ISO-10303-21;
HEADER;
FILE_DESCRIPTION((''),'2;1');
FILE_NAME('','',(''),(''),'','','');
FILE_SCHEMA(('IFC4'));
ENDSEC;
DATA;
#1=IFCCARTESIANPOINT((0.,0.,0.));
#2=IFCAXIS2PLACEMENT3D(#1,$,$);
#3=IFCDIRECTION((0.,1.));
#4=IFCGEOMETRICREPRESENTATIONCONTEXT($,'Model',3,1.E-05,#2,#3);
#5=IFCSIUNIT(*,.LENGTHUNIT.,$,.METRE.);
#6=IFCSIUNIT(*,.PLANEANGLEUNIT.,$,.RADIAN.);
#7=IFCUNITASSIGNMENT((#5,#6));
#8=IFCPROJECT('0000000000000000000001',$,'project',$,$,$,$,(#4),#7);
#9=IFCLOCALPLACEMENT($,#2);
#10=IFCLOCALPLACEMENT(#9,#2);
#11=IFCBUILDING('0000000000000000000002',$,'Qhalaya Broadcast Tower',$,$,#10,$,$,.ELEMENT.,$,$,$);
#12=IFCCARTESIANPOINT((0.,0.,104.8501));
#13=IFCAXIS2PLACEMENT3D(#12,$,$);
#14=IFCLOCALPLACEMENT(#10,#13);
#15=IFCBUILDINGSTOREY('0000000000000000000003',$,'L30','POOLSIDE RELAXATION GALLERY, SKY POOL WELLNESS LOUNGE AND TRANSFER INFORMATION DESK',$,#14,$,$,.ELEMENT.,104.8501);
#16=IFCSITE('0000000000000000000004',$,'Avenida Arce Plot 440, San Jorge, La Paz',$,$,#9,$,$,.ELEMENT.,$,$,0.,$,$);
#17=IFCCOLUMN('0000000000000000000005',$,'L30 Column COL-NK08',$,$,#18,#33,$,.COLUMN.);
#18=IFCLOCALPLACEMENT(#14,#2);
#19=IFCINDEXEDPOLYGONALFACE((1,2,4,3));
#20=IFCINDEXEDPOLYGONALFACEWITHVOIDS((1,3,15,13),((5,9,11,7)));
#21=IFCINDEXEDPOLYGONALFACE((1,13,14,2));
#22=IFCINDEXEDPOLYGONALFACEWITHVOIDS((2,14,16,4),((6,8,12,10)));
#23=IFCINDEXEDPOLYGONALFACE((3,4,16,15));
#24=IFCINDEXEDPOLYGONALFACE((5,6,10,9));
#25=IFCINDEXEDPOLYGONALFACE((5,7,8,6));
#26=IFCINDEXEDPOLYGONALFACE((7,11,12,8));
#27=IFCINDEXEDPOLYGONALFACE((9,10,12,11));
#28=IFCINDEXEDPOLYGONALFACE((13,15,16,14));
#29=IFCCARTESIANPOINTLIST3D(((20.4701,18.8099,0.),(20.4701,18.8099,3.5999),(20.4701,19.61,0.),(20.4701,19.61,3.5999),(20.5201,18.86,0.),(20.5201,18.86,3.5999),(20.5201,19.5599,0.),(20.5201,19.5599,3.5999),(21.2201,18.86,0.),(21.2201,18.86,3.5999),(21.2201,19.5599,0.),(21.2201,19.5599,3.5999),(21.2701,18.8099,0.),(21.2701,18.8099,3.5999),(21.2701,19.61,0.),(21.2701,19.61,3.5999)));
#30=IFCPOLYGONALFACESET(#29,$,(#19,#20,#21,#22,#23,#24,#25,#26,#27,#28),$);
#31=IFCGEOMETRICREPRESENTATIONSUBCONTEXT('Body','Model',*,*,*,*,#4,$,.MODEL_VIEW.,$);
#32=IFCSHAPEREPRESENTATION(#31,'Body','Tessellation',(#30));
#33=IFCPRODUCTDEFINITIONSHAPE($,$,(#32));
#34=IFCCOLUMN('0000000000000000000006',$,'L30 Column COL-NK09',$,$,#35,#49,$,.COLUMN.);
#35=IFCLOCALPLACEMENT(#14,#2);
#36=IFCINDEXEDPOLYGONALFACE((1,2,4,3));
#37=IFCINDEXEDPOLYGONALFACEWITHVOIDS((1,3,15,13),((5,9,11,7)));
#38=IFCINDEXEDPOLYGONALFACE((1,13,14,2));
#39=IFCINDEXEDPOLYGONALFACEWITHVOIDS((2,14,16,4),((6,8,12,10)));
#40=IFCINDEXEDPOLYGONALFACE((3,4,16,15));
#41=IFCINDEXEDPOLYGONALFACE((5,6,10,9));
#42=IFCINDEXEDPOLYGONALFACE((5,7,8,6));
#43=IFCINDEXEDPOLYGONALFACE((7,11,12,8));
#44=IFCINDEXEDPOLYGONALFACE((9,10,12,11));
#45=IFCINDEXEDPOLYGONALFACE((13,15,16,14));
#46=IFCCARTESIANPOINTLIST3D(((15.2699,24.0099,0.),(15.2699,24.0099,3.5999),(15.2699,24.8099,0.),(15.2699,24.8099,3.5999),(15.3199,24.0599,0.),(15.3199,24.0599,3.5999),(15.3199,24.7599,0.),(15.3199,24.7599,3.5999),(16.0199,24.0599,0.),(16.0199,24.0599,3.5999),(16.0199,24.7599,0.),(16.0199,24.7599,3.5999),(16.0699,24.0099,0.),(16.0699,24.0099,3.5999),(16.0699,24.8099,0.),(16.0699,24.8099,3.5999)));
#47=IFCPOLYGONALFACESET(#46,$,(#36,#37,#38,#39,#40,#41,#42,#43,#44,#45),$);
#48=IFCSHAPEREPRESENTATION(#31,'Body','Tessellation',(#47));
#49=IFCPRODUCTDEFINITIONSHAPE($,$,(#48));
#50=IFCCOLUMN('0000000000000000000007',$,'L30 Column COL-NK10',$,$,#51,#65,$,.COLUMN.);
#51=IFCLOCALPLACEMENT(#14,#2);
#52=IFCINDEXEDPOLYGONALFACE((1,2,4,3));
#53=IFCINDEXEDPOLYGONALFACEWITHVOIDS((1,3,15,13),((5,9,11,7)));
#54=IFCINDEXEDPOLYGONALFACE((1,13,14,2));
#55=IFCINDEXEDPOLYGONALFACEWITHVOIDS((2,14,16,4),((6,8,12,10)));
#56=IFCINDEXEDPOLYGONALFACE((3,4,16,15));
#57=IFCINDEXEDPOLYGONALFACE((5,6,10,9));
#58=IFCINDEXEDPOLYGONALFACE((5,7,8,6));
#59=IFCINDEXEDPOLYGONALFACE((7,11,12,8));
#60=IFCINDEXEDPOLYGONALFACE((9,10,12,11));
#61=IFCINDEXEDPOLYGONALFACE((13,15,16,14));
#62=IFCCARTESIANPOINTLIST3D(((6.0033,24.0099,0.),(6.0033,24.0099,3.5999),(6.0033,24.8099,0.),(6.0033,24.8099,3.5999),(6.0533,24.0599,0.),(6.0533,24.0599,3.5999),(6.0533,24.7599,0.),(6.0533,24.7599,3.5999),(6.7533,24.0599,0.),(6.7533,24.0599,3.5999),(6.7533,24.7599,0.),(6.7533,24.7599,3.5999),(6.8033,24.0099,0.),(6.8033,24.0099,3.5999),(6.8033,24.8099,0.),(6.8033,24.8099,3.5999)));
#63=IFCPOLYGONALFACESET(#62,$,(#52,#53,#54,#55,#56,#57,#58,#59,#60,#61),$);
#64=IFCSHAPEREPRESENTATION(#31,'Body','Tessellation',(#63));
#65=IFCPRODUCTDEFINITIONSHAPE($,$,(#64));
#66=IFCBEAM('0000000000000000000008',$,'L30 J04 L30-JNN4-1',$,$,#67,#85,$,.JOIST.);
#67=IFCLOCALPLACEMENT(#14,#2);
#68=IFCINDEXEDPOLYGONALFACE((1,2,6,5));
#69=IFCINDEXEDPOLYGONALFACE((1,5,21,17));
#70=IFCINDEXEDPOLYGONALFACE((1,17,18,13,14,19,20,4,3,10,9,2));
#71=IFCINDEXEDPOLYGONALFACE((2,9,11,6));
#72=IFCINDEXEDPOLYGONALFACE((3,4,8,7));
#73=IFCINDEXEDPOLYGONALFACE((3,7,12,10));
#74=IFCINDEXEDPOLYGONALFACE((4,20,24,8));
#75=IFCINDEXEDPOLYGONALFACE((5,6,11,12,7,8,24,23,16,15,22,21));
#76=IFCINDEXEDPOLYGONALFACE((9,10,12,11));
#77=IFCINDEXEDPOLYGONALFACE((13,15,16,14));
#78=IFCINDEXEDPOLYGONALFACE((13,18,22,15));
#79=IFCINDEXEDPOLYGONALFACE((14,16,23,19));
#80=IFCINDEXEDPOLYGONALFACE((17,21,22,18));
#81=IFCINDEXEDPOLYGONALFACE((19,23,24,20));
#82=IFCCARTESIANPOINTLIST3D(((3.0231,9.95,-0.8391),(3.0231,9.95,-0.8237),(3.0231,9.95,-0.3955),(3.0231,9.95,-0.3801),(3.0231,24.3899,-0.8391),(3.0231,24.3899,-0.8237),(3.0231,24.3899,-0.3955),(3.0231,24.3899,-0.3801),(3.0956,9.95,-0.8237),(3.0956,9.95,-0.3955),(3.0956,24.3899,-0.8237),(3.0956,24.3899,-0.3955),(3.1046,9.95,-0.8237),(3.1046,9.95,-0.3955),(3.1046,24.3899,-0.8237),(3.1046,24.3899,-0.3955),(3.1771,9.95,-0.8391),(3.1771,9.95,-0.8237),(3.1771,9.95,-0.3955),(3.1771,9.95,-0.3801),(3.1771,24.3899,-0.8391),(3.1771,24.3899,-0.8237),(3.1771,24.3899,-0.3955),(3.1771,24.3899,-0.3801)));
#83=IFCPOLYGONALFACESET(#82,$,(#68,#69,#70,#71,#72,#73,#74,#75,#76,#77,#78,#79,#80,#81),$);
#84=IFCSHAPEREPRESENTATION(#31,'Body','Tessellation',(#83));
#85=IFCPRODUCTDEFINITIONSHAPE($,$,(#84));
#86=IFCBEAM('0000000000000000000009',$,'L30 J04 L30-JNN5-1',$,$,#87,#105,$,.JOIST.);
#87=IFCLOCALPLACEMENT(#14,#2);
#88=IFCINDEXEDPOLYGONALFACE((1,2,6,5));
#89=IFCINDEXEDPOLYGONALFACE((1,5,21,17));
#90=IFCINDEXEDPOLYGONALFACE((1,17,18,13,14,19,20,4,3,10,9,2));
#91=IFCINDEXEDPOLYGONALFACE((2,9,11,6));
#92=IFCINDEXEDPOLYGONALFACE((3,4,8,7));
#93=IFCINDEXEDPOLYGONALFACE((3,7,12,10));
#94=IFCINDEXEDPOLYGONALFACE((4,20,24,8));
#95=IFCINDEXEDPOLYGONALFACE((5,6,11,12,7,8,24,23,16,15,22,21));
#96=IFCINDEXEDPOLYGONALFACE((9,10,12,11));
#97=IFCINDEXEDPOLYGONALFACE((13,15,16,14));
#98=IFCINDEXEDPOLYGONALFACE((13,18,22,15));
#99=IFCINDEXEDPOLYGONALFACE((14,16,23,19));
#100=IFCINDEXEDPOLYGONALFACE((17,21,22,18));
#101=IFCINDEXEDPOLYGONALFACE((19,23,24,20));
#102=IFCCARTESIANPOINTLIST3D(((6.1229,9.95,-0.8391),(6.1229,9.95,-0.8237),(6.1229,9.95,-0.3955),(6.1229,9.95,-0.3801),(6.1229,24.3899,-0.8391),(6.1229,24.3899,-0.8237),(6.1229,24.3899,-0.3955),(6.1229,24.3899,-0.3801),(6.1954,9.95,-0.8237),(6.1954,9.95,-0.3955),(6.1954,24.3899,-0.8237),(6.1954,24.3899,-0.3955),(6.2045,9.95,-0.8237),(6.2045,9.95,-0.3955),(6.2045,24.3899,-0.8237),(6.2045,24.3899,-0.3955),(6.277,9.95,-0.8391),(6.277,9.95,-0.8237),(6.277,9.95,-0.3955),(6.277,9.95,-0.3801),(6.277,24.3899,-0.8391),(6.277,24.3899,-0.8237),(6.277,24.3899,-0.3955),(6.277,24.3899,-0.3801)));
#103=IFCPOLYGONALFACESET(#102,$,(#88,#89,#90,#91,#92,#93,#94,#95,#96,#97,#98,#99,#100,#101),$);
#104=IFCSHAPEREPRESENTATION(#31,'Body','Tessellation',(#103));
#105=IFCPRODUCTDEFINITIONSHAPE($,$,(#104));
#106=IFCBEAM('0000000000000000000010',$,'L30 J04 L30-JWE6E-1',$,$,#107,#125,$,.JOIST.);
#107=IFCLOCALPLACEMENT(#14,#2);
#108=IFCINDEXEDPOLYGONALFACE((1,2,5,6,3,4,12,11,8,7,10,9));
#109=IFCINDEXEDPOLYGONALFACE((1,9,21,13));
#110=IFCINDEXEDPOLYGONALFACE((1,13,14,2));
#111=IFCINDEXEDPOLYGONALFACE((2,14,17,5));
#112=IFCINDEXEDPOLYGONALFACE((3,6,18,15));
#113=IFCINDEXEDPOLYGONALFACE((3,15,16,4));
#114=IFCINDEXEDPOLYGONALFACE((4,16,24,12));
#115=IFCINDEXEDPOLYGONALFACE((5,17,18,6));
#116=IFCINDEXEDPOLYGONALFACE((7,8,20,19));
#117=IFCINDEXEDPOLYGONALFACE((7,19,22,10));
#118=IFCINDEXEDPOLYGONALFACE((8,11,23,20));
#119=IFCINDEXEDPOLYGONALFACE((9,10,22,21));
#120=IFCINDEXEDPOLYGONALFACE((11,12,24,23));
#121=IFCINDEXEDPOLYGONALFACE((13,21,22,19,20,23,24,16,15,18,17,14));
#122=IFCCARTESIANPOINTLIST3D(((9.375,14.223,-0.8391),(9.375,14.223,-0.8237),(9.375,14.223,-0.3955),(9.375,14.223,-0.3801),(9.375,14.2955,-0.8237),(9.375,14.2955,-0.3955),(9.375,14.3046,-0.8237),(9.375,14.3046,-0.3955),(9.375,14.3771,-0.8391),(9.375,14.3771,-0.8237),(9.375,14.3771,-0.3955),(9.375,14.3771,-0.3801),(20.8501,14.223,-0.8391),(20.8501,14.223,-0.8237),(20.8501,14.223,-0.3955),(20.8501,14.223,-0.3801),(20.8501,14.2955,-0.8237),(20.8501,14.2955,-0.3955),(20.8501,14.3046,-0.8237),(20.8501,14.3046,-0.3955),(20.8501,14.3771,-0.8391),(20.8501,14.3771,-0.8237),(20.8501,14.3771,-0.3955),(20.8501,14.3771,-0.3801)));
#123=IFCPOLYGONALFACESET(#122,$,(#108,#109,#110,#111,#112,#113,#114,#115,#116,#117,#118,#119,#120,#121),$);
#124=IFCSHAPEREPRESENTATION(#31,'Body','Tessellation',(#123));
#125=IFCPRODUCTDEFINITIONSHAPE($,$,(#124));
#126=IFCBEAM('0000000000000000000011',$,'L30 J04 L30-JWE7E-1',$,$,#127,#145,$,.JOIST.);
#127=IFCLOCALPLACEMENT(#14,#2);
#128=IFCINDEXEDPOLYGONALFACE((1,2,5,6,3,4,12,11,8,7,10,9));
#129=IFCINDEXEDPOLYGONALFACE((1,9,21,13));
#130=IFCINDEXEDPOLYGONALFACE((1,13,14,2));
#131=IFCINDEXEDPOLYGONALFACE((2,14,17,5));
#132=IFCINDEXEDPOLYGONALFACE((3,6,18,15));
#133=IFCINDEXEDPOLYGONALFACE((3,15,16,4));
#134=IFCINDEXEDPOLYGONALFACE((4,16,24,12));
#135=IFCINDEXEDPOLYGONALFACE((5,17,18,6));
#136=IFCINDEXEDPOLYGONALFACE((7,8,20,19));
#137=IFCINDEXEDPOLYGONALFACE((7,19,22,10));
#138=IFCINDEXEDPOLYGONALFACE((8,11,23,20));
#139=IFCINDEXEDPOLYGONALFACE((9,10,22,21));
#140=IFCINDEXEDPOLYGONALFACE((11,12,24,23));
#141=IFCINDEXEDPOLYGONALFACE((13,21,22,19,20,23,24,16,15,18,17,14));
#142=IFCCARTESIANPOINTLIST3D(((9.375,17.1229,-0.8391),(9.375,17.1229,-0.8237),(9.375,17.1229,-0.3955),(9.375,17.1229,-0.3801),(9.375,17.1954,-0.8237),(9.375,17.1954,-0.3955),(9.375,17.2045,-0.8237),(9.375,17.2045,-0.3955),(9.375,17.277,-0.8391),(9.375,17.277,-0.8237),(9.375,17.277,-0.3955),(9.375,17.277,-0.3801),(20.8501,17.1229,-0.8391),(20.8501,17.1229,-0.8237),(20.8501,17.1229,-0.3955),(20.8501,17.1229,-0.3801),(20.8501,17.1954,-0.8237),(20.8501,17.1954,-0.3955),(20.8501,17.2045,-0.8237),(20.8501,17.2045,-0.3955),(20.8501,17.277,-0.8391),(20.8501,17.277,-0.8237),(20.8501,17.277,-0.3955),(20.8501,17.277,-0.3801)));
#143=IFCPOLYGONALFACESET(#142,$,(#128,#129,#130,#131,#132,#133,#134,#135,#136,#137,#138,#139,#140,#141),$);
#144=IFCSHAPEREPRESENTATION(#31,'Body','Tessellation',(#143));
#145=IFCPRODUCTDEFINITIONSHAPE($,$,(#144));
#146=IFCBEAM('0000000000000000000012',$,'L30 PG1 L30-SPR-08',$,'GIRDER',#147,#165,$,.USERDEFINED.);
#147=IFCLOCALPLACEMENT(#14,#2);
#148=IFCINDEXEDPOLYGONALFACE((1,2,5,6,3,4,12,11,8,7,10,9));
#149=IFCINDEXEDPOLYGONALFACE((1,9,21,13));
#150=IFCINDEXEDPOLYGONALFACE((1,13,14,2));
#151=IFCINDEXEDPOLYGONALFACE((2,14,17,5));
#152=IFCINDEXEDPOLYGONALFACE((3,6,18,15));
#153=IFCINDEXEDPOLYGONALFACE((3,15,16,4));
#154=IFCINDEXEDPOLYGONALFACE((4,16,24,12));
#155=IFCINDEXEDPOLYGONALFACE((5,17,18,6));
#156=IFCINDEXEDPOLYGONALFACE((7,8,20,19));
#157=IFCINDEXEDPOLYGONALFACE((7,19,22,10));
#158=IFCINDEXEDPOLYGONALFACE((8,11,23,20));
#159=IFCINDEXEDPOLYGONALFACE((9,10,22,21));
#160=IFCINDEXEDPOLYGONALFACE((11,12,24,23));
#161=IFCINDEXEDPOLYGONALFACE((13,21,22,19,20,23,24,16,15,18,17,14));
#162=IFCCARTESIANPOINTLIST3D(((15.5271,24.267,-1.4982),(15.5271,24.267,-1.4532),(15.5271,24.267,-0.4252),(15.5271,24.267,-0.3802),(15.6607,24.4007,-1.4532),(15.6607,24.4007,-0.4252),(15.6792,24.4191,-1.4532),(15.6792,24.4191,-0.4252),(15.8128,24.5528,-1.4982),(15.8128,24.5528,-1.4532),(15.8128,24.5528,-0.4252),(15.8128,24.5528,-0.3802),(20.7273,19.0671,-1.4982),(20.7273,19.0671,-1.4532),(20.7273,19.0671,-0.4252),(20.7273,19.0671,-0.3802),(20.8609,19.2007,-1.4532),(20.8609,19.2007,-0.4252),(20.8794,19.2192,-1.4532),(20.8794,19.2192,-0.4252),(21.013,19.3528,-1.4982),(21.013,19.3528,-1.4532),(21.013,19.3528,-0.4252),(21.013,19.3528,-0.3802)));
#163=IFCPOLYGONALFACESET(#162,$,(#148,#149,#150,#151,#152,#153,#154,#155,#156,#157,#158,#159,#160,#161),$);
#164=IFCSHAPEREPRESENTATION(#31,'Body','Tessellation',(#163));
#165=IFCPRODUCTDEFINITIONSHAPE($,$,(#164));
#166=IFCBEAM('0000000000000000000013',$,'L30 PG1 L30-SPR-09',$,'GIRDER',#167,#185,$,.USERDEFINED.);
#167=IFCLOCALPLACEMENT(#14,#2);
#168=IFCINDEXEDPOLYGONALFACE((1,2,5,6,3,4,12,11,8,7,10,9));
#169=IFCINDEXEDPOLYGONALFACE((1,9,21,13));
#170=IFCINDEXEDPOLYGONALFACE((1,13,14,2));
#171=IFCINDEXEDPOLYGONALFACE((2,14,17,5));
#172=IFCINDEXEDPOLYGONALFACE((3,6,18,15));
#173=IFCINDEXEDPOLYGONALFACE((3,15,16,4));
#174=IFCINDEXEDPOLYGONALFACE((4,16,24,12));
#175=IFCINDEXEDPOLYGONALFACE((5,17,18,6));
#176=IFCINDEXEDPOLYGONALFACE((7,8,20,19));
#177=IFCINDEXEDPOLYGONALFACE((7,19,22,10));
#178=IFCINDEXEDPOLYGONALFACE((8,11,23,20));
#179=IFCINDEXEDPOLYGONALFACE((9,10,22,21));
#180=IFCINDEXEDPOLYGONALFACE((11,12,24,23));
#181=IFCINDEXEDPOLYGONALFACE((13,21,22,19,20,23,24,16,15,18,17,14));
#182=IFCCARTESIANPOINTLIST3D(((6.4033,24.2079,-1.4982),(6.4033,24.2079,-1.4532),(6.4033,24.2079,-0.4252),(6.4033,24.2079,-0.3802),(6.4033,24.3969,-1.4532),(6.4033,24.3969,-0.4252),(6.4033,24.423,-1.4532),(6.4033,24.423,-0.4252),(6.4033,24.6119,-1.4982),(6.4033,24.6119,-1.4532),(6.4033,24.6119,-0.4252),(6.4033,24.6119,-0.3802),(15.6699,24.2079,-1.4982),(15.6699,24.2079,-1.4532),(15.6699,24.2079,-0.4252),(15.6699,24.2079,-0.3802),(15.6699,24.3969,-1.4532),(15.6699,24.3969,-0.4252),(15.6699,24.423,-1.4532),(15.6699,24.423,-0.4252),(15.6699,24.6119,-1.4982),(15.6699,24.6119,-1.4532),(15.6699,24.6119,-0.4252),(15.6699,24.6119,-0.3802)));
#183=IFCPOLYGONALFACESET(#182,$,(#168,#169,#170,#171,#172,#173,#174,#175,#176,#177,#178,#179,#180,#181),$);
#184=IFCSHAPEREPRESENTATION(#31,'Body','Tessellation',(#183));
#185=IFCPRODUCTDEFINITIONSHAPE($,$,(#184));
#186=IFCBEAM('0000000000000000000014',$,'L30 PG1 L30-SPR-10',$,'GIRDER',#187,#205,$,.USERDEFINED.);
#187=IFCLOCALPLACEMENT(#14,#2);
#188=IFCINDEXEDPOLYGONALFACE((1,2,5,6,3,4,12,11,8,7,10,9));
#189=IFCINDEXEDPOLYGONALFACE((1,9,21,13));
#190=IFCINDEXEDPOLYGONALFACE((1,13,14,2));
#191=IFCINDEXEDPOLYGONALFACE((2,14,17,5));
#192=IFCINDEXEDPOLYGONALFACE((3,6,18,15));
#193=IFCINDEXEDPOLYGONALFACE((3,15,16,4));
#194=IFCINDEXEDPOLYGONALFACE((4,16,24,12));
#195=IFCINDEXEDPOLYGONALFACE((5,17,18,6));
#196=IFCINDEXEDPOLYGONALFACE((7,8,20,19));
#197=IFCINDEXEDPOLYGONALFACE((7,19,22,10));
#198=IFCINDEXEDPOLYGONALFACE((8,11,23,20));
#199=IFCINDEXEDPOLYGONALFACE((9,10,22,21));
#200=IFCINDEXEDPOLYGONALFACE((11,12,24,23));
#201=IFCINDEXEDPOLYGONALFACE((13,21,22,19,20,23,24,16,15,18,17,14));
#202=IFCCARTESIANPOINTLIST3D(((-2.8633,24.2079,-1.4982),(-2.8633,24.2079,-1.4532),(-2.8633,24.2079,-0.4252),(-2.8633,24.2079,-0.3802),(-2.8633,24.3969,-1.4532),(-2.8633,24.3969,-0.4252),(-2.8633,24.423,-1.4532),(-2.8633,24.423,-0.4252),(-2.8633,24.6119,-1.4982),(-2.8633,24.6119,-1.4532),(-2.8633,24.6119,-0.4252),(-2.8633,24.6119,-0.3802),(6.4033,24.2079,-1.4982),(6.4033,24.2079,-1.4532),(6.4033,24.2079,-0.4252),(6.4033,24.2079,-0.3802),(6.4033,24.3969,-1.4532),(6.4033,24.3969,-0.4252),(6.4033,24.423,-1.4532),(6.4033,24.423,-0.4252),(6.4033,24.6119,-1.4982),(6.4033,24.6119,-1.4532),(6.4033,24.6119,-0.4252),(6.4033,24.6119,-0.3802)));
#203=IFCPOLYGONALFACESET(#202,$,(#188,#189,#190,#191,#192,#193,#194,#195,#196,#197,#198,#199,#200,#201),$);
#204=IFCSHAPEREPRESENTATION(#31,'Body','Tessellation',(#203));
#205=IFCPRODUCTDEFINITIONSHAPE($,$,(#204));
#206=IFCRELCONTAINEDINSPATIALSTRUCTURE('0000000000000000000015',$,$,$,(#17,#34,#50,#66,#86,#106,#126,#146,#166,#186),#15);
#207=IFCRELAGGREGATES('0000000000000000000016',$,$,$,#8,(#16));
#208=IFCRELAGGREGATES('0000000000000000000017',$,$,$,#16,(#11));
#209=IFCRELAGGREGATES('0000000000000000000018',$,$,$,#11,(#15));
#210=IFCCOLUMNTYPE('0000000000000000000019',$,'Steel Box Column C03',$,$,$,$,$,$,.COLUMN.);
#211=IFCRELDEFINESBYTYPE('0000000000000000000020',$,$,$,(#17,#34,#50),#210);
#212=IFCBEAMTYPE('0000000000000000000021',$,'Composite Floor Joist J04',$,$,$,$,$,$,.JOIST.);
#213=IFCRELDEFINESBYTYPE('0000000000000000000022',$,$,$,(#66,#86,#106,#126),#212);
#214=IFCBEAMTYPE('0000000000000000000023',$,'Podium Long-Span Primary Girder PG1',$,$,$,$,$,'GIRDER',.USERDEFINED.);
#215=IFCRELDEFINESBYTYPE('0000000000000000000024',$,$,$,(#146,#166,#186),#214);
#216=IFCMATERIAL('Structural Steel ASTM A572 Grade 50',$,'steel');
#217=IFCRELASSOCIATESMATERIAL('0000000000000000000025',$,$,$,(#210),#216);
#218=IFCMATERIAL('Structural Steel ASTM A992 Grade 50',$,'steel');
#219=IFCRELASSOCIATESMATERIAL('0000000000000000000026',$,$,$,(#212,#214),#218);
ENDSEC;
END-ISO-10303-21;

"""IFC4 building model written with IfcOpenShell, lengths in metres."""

from ifc_helpers import new_model, si_unit, direction, frame, origin, origin_2d, place, context, subcontext, project, spatial, hollow_rectangle, i_section, extrude, material, material_profile, profile_set, type_object, element, save


model = new_model("IFC4")

# Units and contexts
model_context = context("Model", 3, precision=1e-05, world=origin(), true_north=direction((0.0, 1.0)))
body_context = subcontext(model_context, "Body", "Model", "MODEL_VIEW")
ifc_project = project(units=[si_unit("LENGTHUNIT", "METRE"), si_unit("PLANEANGLEUNIT", "RADIAN")], contexts=[model_context])

# Site, building, storey
site_placement = place(None, origin())
site = spatial("IfcSite", under=ifc_project, at=site_placement, Name="Avenida Arce Plot 440, San Jorge, La Paz", CompositionType="ELEMENT", RefElevation=0.0)
building_placement = place(site_placement, origin())
building = spatial("IfcBuilding", under=site, at=building_placement, Name="Qhalaya Broadcast Tower", CompositionType="ELEMENT")
storey_placement = place(building_placement, frame((0.0, 0.0, 104.8501)))
storey = spatial("IfcBuildingStorey", under=building, at=storey_placement, Name="L30", Description="POOLSIDE RELAXATION GALLERY, SKY POOL WELLNESS LOUNGE AND TRANSFER INFORMATION DESK", CompositionType="ELEMENT", Elevation=104.8501)

# Columns
ifc_material_1 = material(Name="Structural Steel ASTM A572 Grade 50", Category="steel")
ifc_material_profile_1 = material_profile(ifc_material_1, hollow_rectangle(XDim=0.8, YDim=0.8, WallThickness=0.05, at=origin_2d()), Name="BOX 800x800x50")
ifc_profile_set_1 = profile_set([ifc_material_profile_1], Name="Structural Steel ASTM A572 Grade 50")
column_type = type_object("IfcColumnType", Name="Steel Box Column C03", PredefinedType="COLUMN", material=ifc_profile_set_1)
for number, where, z_axis, x_axis, name in (
    (1, (20.8701, 19.21, 0.0), (0.0, 0.0, 1.0), (0.0, 1.0, 0.0), "L30 Column COL-NK08"),
    (2, (15.6699, 24.4099, 0.0), (0.0, 0.0, 1.0), (1.0, 0.0, 0.0), "L30 Column COL-NK09"),
    (3, (6.4033, 24.4099, 0.0), (0.0, 0.0, 1.0), (1.0, 0.0, 0.0), "L30 Column COL-NK10"),
):
    element("IfcColumn", number, at=place(storey_placement, frame(where, z_axis=z_axis, x_axis=x_axis)), inside=storey, type_object=column_type, Name=name, PredefinedType="COLUMN", context=body_context, shape_type="SweptSolid", body=[
        extrude(hollow_rectangle(XDim=0.8, YDim=0.8, WallThickness=0.05, at=origin_2d()), origin(), (0.0, 0.0, 1.0), 3.5999),
    ])

# Beams
ifc_material_2 = material(Name="Structural Steel ASTM A992 Grade 50", Category="steel")
ifc_material_profile_2 = material_profile(ifc_material_2, i_section(OverallWidth=0.1541, OverallDepth=0.459, WebThickness=0.009, FlangeThickness=0.0154, at=origin_2d()), Name="W18X46")
ifc_profile_set_2 = profile_set([ifc_material_profile_2], Name="Structural Steel ASTM A992 Grade 50")
beam_type_1 = type_object("IfcBeamType", Name="Composite Floor Joist J04", PredefinedType="JOIST", material=ifc_profile_set_2)
for number, where, z_axis, x_axis, name in (
    (4, (3.1001, 9.95, -0.6096), (0.0, 1.0, 0.0), (-1.0, 0.0, 0.0), "L30 J04 L30-JNN4-1"),
    (5, (6.2, 9.95, -0.6096), (0.0, 1.0, 0.0), (-1.0, 0.0, 0.0), "L30 J04 L30-JNN5-1"),
):
    element("IfcBeam", number, at=place(storey_placement, frame(where, z_axis=z_axis, x_axis=x_axis)), inside=storey, type_object=beam_type_1, Name=name, PredefinedType="JOIST", context=body_context, shape_type="SweptSolid", body=[
        extrude(i_section(OverallWidth=0.1541, OverallDepth=0.459, WebThickness=0.009, FlangeThickness=0.0154, at=origin_2d()), origin(), (0.0, 0.0, 1.0), 14.4399),
    ])
for number, where, z_axis, x_axis, name in (
    (6, (9.375, 14.3, -0.6096), (1.0, 0.0, 0.0), (0.0, 1.0, 0.0), "L30 J04 L30-JWE6E-1"),
    (7, (9.375, 17.2, -0.6096), (1.0, 0.0, 0.0), (0.0, 1.0, 0.0), "L30 J04 L30-JWE7E-1"),
):
    element("IfcBeam", number, at=place(storey_placement, frame(where, z_axis=z_axis, x_axis=x_axis)), inside=storey, type_object=beam_type_1, Name=name, PredefinedType="JOIST", context=body_context, shape_type="SweptSolid", body=[
        extrude(i_section(OverallWidth=0.1541, OverallDepth=0.459, WebThickness=0.009, FlangeThickness=0.0154, at=origin_2d()), origin(), (0.0, 0.0, 1.0), 11.4751),
    ])
ifc_material_profile_3 = material_profile(ifc_material_2, i_section(OverallWidth=0.4041, OverallDepth=1.1179, WebThickness=0.0261, FlangeThickness=0.0449, at=origin_2d()), Name="W44X335")
ifc_profile_set_3 = profile_set([ifc_material_profile_3], Name="Structural Steel ASTM A992 Grade 50")
beam_type_2 = type_object("IfcBeamType", Name="Podium Long-Span Primary Girder PG1", ElementType="GIRDER", PredefinedType="USERDEFINED", material=ifc_profile_set_3)
beam_1_placement = place(storey_placement, frame((20.8701, 19.21, -0.9392), z_axis=(-0.707123, 0.70709, 0.0), x_axis=(-0.70709, -0.707123, 0.0)))
element("IfcBeam", 8, at=beam_1_placement, inside=storey, type_object=beam_type_2, Name="L30 PG1 L30-SPR-08", ObjectType="GIRDER", PredefinedType="USERDEFINED", context=body_context, shape_type="SweptSolid", body=[
    extrude(i_section(OverallWidth=0.4041, OverallDepth=1.1179, WebThickness=0.0261, FlangeThickness=0.0449, at=origin_2d()), origin(), (0.0, 0.0, 1.0), 7.354),
])
for number, where, z_axis, x_axis, name in (
    (9, (15.6699, 24.4099, -0.9392), (-1.0, 0.0, 0.0), (0.0, -1.0, 0.0), "L30 PG1 L30-SPR-09"),
    (10, (6.4033, 24.4099, -0.9392), (-1.0, 0.0, 0.0), (0.0, -1.0, 0.0), "L30 PG1 L30-SPR-10"),
):
    element("IfcBeam", number, at=place(storey_placement, frame(where, z_axis=z_axis, x_axis=x_axis)), inside=storey, type_object=beam_type_2, Name=name, ObjectType="GIRDER", PredefinedType="USERDEFINED", context=body_context, shape_type="SweptSolid", body=[
        extrude(i_section(OverallWidth=0.4041, OverallDepth=1.1179, WebThickness=0.0261, FlangeThickness=0.0449, at=origin_2d()), origin(), (0.0, 0.0, 1.0), 9.2666),
    ])

save(model, "model.ifc")
